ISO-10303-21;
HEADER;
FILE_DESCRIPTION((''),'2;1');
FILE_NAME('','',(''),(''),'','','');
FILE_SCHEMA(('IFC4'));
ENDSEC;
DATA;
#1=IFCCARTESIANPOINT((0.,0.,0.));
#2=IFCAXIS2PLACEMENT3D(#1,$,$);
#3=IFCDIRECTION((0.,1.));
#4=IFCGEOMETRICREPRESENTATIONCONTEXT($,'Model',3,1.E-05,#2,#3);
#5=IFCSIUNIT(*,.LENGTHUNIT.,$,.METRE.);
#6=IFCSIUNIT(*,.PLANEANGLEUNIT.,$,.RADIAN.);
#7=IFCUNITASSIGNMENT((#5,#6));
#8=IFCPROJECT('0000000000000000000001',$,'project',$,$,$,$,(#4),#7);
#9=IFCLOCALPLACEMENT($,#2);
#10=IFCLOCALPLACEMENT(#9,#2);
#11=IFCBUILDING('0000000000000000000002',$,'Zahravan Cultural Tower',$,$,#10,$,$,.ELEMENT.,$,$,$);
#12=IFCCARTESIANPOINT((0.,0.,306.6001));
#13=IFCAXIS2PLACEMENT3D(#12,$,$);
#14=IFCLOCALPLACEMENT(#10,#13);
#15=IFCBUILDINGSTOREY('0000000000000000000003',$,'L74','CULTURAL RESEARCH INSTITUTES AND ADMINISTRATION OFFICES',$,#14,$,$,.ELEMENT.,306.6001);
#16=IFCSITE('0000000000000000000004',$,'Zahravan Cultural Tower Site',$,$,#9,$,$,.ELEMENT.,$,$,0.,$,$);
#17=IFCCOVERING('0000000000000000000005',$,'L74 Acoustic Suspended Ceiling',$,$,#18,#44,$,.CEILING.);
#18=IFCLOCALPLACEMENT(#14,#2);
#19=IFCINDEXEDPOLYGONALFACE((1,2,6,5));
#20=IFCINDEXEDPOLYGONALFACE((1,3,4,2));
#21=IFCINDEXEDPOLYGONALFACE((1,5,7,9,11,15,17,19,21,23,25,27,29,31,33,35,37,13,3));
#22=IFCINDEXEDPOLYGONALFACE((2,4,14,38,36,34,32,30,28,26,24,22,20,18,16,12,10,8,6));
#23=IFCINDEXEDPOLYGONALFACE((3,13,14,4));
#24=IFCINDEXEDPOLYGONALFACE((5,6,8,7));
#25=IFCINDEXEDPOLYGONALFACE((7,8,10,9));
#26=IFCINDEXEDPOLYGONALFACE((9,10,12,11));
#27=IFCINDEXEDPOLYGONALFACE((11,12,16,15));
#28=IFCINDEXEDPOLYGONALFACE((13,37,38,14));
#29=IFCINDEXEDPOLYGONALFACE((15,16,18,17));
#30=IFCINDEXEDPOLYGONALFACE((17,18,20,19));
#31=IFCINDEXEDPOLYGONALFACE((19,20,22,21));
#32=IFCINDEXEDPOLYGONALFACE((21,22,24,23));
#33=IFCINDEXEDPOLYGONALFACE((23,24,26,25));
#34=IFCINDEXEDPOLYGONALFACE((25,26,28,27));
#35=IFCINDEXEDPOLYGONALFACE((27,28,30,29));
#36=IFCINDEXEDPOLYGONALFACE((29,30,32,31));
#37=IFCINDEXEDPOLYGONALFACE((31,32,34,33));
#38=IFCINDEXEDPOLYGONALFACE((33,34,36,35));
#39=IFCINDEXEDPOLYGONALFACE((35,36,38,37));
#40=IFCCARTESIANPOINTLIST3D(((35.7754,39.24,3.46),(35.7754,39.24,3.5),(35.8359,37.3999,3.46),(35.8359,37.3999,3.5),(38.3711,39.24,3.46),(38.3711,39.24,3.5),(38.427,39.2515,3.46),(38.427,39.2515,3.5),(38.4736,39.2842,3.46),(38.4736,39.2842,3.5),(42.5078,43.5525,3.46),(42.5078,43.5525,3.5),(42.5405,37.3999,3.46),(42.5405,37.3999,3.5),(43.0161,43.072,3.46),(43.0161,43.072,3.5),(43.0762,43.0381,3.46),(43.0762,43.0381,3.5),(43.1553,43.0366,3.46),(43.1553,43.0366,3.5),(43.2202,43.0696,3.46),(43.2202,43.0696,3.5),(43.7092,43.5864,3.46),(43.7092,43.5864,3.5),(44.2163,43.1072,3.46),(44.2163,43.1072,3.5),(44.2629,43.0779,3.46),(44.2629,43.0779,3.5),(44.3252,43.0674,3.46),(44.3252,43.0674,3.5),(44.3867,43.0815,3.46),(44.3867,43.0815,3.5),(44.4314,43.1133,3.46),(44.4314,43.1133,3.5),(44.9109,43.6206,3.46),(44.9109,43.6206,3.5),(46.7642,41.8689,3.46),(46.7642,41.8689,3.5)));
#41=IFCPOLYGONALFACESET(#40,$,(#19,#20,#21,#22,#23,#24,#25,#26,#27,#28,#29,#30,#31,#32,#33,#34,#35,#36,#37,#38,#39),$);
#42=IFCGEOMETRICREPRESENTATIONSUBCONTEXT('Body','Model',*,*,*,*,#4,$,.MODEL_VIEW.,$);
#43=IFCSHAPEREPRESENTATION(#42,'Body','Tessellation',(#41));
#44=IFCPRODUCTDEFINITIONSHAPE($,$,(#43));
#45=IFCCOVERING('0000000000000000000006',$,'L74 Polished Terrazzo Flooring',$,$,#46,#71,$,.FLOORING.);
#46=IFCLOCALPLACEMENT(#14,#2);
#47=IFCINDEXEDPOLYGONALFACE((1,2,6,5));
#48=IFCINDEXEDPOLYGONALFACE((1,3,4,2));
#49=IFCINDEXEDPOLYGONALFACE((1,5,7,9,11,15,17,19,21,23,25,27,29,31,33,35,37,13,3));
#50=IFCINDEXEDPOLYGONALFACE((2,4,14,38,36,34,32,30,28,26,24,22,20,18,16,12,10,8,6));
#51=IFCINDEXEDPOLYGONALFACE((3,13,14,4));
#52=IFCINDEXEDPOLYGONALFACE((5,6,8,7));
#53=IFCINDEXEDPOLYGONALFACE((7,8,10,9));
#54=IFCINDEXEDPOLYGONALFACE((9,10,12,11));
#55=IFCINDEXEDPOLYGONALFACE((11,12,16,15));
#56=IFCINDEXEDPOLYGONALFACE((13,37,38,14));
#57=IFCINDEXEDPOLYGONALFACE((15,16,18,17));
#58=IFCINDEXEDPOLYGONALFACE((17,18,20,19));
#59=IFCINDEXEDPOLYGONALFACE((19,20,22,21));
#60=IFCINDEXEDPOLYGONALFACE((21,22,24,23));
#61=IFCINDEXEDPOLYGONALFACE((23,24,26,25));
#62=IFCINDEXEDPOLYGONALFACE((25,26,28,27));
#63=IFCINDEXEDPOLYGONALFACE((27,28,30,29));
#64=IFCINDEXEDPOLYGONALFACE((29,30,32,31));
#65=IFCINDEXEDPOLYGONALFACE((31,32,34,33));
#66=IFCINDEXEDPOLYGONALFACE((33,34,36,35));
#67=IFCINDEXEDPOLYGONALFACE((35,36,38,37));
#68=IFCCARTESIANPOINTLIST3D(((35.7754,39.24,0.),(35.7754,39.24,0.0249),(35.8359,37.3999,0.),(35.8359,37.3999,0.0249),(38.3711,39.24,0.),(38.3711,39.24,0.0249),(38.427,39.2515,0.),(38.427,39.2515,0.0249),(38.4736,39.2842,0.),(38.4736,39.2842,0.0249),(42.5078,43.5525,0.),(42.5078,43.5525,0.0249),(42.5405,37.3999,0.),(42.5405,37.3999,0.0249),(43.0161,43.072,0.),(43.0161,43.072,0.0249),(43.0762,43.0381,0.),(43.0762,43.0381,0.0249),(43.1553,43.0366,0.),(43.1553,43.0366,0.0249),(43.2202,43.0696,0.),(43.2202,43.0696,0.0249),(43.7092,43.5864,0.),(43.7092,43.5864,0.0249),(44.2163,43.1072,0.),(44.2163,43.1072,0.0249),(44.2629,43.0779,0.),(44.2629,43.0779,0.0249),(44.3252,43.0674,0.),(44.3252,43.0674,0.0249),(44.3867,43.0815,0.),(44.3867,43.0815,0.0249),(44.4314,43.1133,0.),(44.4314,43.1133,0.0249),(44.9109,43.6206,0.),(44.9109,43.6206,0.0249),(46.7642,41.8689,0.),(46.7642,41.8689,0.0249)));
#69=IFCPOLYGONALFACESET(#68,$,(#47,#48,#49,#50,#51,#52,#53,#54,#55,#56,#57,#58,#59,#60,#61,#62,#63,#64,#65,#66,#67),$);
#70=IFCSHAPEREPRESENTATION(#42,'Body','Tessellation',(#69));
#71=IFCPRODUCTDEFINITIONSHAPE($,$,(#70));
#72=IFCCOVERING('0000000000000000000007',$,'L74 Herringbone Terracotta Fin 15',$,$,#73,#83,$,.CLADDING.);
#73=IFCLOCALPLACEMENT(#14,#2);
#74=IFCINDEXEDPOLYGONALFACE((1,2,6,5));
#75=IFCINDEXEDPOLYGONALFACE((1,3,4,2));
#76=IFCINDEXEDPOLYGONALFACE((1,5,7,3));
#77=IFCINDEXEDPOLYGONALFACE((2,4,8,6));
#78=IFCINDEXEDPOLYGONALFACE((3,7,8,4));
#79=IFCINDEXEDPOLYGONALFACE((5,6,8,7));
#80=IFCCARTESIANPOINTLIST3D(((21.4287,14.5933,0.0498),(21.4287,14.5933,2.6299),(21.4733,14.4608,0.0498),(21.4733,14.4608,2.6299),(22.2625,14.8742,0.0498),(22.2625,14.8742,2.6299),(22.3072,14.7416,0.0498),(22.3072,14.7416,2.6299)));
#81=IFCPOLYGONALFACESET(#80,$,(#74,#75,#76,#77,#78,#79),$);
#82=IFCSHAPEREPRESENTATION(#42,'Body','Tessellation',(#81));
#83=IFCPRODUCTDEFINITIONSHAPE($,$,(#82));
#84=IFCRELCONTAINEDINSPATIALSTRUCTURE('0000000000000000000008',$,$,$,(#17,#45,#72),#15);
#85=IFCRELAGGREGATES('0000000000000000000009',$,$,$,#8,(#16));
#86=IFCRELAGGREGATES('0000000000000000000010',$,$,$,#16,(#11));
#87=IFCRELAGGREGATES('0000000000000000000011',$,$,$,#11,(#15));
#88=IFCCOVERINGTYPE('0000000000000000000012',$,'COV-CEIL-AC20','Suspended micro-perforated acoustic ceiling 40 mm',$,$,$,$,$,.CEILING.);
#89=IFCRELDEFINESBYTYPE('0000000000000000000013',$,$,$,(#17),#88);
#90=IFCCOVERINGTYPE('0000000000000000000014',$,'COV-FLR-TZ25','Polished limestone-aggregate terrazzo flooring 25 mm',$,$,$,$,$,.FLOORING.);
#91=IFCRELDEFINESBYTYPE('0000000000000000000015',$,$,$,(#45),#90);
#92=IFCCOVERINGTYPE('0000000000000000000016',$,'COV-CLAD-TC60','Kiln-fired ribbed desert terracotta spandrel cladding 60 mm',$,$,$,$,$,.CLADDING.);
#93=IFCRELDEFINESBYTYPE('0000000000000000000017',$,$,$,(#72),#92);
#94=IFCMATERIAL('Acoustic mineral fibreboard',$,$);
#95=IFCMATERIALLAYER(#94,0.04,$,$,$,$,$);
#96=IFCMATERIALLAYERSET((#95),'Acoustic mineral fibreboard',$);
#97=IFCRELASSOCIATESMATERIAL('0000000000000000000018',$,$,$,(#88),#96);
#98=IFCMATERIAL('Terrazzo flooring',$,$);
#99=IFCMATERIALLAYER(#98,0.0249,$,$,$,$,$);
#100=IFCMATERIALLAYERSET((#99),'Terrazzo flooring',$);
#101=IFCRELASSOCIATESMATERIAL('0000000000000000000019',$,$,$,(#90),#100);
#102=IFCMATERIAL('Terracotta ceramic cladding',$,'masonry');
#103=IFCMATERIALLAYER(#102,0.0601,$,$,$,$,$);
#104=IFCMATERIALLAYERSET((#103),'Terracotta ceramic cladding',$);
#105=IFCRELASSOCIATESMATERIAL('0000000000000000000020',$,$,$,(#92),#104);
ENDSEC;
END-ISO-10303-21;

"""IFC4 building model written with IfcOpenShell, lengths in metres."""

from ifc_helpers import new_model, si_unit, direction, frame, origin, origin_2d, place, context, subcontext, project, spatial, polyline, rectangle, outline, extrude, source, transform, mapped, material, layer, layer_set, type_object, element, save


model = new_model("IFC4")

# Units and contexts
model_context = context("Model", 3, precision=1e-05, world=origin(), true_north=direction((0.0, 1.0)))
body_context = subcontext(model_context, "Body", "Model", "MODEL_VIEW")
ifc_project = project(units=[si_unit("LENGTHUNIT", "METRE"), si_unit("PLANEANGLEUNIT", "RADIAN")], contexts=[model_context])

# Site, building, storey
site_placement = place(None, origin())
site = spatial("IfcSite", under=ifc_project, at=site_placement, Name="Zahravan Cultural Tower Site", CompositionType="ELEMENT", RefElevation=0.0)
building_placement = place(site_placement, origin())
building = spatial("IfcBuilding", under=site, at=building_placement, Name="Zahravan Cultural Tower", CompositionType="ELEMENT")
storey_placement = place(building_placement, frame((0.0, 0.0, 306.6001)))
storey = spatial("IfcBuildingStorey", under=building, at=storey_placement, Name="L74", Description="CULTURAL RESEARCH INSTITUTES AND ADMINISTRATION OFFICES", CompositionType="ELEMENT", Elevation=306.6001)

# Coverings
ifc_material_1 = material(Name="Acoustic mineral fibreboard")
ifc_layer_1 = layer(ifc_material_1, 0.04)
ifc_layer_set_1 = layer_set([ifc_layer_1], Name="Acoustic mineral fibreboard")
covering_type_1 = type_object("IfcCoveringType", Name="COV-CEIL-AC20", Description="Suspended micro-perforated acoustic ceiling 40 mm", PredefinedType="CEILING", material=ifc_layer_set_1)
covering_1_placement = place(storey_placement, frame((0.0, 0.0, 3.46)))
element("IfcCovering", 1, at=covering_1_placement, inside=storey, type_object=covering_type_1, Name="L74 Acoustic Suspended Ceiling", PredefinedType="CEILING", context=body_context, shape_type="SweptSolid", body=[
    extrude(outline(polyline([(44.9109, 43.6206), (44.4314, 43.1133), (44.3867, 43.0815), (44.3252, 43.0674), (44.2629, 43.0779), (44.2163, 43.1072), (43.7092, 43.5864), (43.2202, 43.0696), (43.1553, 43.0366), (43.0762, 43.0381), (43.0161, 43.072), (42.5078, 43.5525), (38.4736, 39.2842), (38.427, 39.2515), (38.3711, 39.24), (35.7754, 39.24), (35.8359, 37.3999), (42.5405, 37.3999), (46.7642, 41.8689), (44.9109, 43.6206)])), origin(), (0.0, 0.0, 1.0), 0.04),
])
ifc_material_2 = material(Name="Terrazzo flooring")
ifc_layer_2 = layer(ifc_material_2, 0.0249)
ifc_layer_set_2 = layer_set([ifc_layer_2], Name="Terrazzo flooring")
covering_type_2 = type_object("IfcCoveringType", Name="COV-FLR-TZ25", Description="Polished limestone-aggregate terrazzo flooring 25 mm", PredefinedType="FLOORING", material=ifc_layer_set_2)
covering_2_placement = place(storey_placement, origin())
element("IfcCovering", 2, at=covering_2_placement, inside=storey, type_object=covering_type_2, Name="L74 Polished Terrazzo Flooring", PredefinedType="FLOORING", context=body_context, shape_type="SweptSolid", body=[
    extrude(outline(polyline([(44.9109, 43.6206), (44.4314, 43.1133), (44.3867, 43.0815), (44.3252, 43.0674), (44.2629, 43.0779), (44.2163, 43.1072), (43.7092, 43.5864), (43.2202, 43.0696), (43.1553, 43.0366), (43.0762, 43.0381), (43.0161, 43.072), (42.5078, 43.5525), (38.4736, 39.2842), (38.427, 39.2515), (38.3711, 39.24), (35.7754, 39.24), (35.8359, 37.3999), (42.5405, 37.3999), (46.7642, 41.8689), (44.9109, 43.6206)])), origin(), (0.0, 0.0, 1.0), 0.0249),
])
ifc_material_3 = material(Name="Terracotta ceramic cladding", Category="masonry")
ifc_layer_3 = layer(ifc_material_3, 0.0601)
ifc_layer_set_3 = layer_set([ifc_layer_3], Name="Terracotta ceramic cladding")
covering_type_3 = type_object("IfcCoveringType", Name="COV-CLAD-TC60", Description="Kiln-fired ribbed desert terracotta spandrel cladding 60 mm", PredefinedType="CLADDING", material=ifc_layer_set_3)
shared_shape_1 = source(origin(), body_context, "Body", "SweptSolid", [
    extrude(rectangle(XDim=0.8799, YDim=0.1399, at=origin_2d()), origin(), (0.0, 0.0, 1.0), 2.5801),
])
covering_3_placement = place(storey_placement, frame((21.8679, 14.6675, 0.0498), z_axis=(0.0, 0.0, 1.0), x_axis=(-0.947679, -0.319224, 0.0)))
element("IfcCovering", 3, at=covering_3_placement, inside=storey, type_object=covering_type_3, Name="L74 Herringbone Terracotta Fin 15", PredefinedType="CLADDING", context=body_context, shape_type="MappedRepresentation", body=[
    mapped(shared_shape_1, transform((0.0, 0.0, 0.0), x_axis=(1.0, 0.0, 0.0), y_axis=(0.0, 1.0, 0.0), z_axis=(0.0, 0.0, 1.0), scale=1.0)),
])

save(model, "model.ifc")
